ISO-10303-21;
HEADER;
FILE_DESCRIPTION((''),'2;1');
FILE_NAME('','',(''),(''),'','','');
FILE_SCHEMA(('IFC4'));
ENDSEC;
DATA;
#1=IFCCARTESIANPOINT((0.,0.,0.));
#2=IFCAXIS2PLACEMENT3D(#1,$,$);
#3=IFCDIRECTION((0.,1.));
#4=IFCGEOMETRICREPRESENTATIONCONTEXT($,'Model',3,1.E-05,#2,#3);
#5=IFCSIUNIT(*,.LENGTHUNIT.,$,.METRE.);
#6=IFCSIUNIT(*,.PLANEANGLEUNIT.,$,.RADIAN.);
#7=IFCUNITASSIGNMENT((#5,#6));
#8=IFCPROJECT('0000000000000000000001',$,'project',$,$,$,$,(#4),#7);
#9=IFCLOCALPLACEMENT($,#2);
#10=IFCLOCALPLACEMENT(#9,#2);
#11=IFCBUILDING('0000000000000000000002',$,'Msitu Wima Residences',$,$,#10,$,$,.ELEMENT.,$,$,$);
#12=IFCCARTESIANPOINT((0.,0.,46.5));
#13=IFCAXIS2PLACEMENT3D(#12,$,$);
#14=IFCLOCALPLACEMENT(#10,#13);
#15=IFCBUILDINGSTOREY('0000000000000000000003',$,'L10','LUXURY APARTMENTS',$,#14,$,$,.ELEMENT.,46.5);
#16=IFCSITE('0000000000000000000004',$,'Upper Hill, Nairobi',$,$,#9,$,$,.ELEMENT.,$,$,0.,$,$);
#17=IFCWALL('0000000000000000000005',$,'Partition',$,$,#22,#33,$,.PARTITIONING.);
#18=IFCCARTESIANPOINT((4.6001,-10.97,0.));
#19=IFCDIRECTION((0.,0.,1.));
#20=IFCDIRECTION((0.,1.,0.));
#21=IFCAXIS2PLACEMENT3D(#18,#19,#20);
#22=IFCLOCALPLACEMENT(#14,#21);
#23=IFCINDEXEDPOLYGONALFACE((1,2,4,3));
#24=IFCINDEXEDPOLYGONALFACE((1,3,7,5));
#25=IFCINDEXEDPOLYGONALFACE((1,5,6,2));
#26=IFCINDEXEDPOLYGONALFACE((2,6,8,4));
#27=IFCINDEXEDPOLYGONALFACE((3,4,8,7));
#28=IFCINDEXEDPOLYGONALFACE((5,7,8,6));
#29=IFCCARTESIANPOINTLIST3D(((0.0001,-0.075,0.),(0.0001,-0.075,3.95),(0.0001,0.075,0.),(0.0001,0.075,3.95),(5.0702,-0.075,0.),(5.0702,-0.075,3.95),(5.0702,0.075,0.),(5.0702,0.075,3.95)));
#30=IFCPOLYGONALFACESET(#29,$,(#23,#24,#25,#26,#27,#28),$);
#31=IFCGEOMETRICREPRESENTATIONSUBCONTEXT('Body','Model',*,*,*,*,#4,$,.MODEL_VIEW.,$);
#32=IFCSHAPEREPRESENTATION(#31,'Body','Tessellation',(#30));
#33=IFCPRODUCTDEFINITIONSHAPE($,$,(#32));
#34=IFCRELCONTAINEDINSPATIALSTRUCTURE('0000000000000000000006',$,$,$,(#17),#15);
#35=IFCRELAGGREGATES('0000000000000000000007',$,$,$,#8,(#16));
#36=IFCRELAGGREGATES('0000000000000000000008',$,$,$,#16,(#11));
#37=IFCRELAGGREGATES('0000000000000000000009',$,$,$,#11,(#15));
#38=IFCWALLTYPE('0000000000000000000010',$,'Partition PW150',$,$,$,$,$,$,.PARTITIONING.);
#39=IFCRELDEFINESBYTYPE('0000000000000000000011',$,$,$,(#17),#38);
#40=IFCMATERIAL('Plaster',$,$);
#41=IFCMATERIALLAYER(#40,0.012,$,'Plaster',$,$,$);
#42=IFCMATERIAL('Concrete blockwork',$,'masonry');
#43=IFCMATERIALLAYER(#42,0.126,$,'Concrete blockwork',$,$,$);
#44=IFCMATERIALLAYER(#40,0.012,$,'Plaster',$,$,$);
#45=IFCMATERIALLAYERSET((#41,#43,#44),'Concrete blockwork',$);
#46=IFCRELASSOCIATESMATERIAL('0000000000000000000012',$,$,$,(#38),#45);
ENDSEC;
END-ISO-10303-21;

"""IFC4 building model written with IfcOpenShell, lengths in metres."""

from ifc_helpers import new_model, si_unit, direction, frame, frame_2d, origin, place, context, subcontext, project, spatial, rectangle, extrude, material, layer, layer_set, type_object, element, save


model = new_model("IFC4")

# Units and contexts
model_context = context("Model", 3, precision=1e-05, world=origin(), true_north=direction((0.0, 1.0)))
body_context = subcontext(model_context, "Body", "Model", "MODEL_VIEW")
ifc_project = project(units=[si_unit("LENGTHUNIT", "METRE"), si_unit("PLANEANGLEUNIT", "RADIAN")], contexts=[model_context])

# Site, building, storey
site_placement = place(None, origin())
site = spatial("IfcSite", under=ifc_project, at=site_placement, Name="Upper Hill, Nairobi", CompositionType="ELEMENT", RefElevation=0.0)
building_placement = place(site_placement, origin())
building = spatial("IfcBuilding", under=site, at=building_placement, Name="Msitu Wima Residences", CompositionType="ELEMENT")
storey_placement = place(building_placement, frame((0.0, 0.0, 46.5)))
storey = spatial("IfcBuildingStorey", under=building, at=storey_placement, Name="L10", Description="LUXURY APARTMENTS", CompositionType="ELEMENT", Elevation=46.5)

# Wall
ifc_material_1 = material(Name="Plaster")
ifc_layer_1 = layer(ifc_material_1, 0.012, Name="Plaster")
ifc_material_2 = material(Name="Concrete blockwork", Category="masonry")
ifc_layer_2 = layer(ifc_material_2, 0.126, Name="Concrete blockwork")
ifc_layer_3 = layer(ifc_material_1, 0.012, Name="Plaster")
ifc_layer_set_1 = layer_set([ifc_layer_1, ifc_layer_2, ifc_layer_3], Name="Concrete blockwork")
wall_type_1 = type_object("IfcWallType", Name="Partition PW150", PredefinedType="PARTITIONING", material=ifc_layer_set_1)
wall_1_placement = place(storey_placement, frame((4.6001, -10.97, 0.0), z_axis=(0.0, 0.0, 1.0), x_axis=(0.0, 1.0, 0.0)))
element("IfcWall", 1, at=wall_1_placement, inside=storey, type_object=wall_type_1, Name="Partition", PredefinedType="PARTITIONING", context=body_context, shape_type="SweptSolid", body=[
    extrude(rectangle(XDim=5.0701, YDim=0.1499, at=frame_2d((2.5352, 0.0))), origin(), (0.0, 0.0, 1.0), 3.95),
])

save(model, "model.ifc")
